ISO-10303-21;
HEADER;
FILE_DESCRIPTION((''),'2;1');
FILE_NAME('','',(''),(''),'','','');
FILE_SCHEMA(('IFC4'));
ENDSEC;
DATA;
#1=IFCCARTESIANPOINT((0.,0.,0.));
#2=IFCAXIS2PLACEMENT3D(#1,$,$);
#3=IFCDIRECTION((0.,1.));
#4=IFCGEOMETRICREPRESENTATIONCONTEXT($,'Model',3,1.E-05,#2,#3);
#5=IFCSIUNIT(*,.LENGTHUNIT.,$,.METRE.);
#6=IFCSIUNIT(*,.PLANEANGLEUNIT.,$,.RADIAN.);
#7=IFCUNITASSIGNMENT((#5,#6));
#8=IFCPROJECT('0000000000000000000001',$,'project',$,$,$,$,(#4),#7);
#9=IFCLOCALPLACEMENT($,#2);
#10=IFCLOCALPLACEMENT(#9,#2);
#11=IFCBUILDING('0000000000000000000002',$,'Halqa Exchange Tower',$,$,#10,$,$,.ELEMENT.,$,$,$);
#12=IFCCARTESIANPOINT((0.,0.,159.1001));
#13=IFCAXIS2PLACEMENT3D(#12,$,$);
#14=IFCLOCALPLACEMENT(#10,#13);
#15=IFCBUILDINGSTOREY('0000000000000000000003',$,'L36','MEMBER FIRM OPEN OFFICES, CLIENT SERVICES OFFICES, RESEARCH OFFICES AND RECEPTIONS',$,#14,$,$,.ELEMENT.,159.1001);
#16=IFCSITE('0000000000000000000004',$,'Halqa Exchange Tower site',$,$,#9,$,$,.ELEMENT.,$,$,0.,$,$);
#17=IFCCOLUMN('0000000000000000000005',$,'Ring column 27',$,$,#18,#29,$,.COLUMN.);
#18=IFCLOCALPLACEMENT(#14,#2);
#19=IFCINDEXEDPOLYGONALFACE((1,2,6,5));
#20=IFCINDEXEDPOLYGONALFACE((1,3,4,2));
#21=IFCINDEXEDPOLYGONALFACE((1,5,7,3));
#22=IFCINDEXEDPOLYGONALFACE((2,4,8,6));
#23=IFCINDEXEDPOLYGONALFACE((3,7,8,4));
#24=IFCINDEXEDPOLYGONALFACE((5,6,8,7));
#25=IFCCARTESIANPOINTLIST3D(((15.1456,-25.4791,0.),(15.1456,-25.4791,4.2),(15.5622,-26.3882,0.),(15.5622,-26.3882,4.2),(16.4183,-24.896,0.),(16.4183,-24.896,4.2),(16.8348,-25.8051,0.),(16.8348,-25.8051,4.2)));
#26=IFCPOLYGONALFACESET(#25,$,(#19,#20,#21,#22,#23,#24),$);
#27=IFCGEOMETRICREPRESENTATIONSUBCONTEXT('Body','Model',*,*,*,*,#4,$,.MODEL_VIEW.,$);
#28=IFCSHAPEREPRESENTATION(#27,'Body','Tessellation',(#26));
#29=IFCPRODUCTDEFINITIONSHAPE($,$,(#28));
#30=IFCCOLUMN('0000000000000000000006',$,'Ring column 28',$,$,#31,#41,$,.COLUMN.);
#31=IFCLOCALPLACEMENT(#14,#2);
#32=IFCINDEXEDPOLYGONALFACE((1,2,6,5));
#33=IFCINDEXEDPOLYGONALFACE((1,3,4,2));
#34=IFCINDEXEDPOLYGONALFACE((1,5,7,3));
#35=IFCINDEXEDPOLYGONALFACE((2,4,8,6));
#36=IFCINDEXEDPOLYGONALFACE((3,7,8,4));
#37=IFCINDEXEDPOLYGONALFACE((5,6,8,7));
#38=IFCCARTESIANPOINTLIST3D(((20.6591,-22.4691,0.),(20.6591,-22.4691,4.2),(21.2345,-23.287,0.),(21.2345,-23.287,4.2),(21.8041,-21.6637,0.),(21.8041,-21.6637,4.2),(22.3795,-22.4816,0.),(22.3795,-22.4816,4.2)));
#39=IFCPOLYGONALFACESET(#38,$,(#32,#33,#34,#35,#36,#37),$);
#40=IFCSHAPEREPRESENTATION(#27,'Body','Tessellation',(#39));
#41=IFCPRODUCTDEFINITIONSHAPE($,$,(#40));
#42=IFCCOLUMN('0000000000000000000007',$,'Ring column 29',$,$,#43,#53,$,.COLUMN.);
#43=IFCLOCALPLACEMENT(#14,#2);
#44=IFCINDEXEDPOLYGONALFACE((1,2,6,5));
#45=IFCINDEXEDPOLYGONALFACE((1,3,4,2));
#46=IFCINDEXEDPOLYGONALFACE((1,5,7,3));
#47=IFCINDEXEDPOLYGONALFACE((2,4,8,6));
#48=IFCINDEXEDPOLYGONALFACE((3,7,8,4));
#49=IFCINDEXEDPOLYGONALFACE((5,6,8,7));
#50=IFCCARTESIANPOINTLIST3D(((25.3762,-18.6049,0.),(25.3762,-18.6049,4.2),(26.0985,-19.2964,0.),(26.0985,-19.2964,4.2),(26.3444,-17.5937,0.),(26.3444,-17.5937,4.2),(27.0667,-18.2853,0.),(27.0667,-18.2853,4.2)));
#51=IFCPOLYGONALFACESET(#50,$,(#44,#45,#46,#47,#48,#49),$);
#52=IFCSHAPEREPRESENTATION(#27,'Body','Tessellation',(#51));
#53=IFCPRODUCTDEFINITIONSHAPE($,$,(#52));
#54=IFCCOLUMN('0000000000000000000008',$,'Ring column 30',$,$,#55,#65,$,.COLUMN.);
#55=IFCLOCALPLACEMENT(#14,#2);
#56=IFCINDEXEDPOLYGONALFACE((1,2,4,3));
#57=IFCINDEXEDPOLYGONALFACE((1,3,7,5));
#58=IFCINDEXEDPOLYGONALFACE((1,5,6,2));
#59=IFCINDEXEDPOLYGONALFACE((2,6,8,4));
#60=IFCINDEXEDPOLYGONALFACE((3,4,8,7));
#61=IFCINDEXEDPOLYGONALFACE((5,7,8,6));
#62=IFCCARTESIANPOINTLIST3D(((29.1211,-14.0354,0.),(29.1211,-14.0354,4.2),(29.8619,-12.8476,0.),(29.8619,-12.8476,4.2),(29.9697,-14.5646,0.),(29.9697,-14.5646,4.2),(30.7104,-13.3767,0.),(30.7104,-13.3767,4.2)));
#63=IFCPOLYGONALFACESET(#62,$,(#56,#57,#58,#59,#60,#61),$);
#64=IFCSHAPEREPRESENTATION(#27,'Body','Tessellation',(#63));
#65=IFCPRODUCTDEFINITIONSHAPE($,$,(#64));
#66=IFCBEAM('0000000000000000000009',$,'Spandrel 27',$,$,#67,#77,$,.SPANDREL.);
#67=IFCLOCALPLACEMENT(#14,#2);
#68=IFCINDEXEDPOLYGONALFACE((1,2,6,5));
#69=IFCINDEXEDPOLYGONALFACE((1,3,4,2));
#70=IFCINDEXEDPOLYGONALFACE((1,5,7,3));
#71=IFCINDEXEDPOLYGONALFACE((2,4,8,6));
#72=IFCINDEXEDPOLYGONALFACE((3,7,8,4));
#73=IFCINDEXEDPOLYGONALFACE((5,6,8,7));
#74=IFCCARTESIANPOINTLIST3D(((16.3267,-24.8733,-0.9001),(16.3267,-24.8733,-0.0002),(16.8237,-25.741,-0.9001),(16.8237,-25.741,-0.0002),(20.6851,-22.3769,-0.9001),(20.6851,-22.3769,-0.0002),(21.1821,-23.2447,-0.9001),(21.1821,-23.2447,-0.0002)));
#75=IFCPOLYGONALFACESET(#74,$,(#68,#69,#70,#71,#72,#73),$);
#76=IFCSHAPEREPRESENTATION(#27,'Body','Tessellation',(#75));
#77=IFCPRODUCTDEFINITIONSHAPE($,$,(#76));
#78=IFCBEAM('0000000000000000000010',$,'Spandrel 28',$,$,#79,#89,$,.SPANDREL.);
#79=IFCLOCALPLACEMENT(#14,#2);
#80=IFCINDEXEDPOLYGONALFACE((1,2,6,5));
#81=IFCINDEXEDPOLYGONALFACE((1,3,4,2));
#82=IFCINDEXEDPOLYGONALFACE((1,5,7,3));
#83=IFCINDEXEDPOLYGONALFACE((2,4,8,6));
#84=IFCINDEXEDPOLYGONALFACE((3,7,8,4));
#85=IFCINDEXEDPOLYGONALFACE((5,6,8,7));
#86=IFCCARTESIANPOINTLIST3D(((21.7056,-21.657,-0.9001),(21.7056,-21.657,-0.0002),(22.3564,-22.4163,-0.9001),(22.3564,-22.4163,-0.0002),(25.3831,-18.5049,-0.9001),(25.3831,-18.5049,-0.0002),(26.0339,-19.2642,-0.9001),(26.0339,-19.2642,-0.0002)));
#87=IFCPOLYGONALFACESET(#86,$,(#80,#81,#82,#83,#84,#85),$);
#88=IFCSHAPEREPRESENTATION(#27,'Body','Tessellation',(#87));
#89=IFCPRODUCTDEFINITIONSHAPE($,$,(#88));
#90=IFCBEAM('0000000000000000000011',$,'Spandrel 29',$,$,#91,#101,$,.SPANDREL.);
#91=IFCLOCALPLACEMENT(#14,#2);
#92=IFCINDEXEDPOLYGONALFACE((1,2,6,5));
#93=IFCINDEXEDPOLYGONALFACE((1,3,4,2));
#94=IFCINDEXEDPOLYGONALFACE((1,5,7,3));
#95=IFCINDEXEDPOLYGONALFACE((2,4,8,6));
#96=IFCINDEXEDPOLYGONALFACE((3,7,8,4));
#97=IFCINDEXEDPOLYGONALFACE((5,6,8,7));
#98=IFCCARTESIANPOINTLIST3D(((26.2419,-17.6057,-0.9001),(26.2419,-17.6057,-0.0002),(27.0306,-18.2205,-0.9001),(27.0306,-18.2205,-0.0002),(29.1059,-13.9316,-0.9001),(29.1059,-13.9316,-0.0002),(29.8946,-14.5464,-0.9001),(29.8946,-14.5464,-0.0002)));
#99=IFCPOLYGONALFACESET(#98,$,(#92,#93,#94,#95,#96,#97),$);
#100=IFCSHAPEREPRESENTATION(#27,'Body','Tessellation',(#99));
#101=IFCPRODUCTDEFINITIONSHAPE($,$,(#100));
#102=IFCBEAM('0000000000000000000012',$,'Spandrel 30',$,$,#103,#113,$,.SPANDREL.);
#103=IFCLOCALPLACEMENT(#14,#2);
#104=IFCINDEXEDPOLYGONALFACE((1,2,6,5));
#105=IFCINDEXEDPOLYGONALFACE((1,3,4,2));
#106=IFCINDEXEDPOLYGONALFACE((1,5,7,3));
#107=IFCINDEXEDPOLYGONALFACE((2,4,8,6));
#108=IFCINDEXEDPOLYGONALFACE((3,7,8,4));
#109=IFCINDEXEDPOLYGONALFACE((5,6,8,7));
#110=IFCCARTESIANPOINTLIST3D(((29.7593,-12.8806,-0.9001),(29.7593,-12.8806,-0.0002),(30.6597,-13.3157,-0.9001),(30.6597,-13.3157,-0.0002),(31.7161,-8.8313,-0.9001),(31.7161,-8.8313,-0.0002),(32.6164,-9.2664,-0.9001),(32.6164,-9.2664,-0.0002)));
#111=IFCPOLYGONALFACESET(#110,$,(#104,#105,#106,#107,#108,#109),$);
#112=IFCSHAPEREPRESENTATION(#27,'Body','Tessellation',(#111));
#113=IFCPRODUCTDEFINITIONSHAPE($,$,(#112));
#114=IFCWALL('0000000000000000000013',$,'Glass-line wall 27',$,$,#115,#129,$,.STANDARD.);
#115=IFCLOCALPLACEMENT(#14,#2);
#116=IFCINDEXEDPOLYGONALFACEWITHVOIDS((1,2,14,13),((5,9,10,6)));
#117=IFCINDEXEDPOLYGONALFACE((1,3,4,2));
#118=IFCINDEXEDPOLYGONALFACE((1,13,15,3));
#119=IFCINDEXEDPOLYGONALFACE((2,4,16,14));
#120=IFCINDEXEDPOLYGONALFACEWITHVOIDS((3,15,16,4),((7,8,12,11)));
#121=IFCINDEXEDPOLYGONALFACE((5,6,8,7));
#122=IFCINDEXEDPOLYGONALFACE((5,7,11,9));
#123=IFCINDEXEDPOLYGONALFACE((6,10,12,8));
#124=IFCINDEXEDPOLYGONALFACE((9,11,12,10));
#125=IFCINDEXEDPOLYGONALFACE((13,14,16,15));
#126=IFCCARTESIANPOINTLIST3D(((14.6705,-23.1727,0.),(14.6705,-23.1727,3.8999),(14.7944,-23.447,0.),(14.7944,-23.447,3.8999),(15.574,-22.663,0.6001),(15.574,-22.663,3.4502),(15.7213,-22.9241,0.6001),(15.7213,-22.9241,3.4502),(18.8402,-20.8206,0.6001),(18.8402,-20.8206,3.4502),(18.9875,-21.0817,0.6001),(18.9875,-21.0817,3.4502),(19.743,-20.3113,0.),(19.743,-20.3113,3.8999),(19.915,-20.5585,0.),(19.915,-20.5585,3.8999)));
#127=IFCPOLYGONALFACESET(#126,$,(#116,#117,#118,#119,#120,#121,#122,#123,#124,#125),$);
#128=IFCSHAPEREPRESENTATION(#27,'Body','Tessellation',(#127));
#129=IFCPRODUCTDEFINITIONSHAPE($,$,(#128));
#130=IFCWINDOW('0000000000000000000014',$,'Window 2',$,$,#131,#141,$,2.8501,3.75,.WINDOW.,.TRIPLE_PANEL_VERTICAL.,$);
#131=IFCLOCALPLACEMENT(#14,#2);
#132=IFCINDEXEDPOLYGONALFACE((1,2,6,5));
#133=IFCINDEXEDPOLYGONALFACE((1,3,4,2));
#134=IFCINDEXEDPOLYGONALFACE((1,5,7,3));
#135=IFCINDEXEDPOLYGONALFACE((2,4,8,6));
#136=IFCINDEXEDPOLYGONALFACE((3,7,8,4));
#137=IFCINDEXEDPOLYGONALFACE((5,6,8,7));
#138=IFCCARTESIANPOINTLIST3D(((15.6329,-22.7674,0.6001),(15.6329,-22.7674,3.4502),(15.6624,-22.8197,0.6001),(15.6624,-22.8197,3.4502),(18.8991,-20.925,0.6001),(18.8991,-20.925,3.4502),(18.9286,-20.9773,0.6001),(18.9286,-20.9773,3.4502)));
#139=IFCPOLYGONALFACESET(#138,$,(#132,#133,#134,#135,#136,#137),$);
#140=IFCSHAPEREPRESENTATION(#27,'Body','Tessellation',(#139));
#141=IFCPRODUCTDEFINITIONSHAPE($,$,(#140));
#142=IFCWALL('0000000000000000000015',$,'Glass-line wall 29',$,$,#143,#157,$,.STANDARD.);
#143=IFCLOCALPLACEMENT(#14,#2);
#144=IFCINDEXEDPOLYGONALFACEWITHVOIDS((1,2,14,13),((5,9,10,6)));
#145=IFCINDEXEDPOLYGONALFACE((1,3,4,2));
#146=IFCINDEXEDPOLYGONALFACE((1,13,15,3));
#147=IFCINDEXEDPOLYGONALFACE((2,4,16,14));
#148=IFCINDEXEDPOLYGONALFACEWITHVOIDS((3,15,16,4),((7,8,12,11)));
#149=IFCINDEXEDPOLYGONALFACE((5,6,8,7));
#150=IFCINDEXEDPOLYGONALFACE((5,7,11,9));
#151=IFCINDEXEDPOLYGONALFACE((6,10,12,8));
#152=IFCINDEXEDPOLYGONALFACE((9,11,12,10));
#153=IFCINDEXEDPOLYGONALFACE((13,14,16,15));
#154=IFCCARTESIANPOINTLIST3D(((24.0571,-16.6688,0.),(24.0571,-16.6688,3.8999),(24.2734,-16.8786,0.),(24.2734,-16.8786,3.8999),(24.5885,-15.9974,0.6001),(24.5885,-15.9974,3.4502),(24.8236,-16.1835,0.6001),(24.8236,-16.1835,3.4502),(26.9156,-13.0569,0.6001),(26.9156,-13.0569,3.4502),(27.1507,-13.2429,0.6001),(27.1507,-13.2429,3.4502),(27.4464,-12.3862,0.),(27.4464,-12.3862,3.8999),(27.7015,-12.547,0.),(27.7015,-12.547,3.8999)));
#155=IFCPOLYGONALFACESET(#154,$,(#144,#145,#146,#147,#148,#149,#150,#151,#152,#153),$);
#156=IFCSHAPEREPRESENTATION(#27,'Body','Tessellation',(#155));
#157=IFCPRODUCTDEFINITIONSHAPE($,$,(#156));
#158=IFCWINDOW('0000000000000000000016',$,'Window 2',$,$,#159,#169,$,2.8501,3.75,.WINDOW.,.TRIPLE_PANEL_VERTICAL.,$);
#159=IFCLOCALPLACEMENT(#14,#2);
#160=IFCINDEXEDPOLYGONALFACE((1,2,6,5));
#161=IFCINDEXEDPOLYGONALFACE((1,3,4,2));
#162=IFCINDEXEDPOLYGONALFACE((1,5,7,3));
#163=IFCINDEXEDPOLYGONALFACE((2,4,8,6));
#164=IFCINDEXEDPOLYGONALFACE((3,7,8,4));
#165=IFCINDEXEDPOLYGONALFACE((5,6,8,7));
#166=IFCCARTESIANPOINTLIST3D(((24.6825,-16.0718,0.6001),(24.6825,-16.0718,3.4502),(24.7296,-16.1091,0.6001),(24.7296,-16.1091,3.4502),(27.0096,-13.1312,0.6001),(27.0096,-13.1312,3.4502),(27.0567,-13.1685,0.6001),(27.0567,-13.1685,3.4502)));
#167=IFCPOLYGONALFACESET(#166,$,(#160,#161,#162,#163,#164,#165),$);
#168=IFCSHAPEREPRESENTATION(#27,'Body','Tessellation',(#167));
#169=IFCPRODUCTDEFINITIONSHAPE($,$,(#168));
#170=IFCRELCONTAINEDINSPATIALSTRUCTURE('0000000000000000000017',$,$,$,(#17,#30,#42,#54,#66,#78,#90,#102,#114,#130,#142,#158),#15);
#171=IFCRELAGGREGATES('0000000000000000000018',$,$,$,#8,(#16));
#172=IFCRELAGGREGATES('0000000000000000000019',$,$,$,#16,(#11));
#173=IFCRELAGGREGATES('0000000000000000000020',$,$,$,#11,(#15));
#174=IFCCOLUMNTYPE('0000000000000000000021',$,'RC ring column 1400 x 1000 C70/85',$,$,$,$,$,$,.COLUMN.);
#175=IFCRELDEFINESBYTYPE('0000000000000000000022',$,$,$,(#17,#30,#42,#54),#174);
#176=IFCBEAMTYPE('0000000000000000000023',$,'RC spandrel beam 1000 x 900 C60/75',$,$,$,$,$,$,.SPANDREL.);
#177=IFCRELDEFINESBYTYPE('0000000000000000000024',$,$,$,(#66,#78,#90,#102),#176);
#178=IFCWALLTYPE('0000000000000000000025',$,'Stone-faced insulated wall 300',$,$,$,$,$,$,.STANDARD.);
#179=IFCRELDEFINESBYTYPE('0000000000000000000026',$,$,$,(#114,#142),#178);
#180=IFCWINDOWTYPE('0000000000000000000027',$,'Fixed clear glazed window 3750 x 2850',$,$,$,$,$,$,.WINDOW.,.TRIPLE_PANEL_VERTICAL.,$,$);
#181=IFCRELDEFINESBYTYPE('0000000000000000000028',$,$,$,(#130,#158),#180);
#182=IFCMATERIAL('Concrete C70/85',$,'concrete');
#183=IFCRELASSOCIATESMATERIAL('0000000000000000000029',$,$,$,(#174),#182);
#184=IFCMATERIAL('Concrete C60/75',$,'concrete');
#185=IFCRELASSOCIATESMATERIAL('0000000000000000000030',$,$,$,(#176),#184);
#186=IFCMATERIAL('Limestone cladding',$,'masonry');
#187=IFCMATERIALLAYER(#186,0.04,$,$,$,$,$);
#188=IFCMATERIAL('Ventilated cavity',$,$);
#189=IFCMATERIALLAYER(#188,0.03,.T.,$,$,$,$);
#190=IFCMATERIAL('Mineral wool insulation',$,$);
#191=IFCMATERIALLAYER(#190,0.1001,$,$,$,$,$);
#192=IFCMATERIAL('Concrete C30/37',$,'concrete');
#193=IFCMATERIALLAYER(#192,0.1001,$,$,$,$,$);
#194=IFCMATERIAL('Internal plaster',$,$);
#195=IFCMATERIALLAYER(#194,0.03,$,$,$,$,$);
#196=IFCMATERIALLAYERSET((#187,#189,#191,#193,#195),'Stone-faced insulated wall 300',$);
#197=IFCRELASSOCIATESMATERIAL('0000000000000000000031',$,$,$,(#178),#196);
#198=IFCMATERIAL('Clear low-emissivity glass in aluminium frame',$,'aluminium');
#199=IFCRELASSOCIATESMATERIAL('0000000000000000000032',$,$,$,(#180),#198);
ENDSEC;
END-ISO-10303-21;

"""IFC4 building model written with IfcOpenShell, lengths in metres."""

from ifc_helpers import new_model, si_unit, direction, frame, frame_2d, origin, origin_2d, place, context, subcontext, project, spatial, polyline, rectangle, outline, extrude, material, layer, layer_set, material_profile, profile_set, type_object, element, fill, save


model = new_model("IFC4")

# Units and contexts
model_context = context("Model", 3, precision=1e-05, world=origin(), true_north=direction((0.0, 1.0)))
body_context = subcontext(model_context, "Body", "Model", "MODEL_VIEW")
ifc_project = project(units=[si_unit("LENGTHUNIT", "METRE"), si_unit("PLANEANGLEUNIT", "RADIAN")], contexts=[model_context])

# Site, building, storey
site_placement = place(None, origin())
site = spatial("IfcSite", under=ifc_project, at=site_placement, Name="Halqa Exchange Tower site", CompositionType="ELEMENT", RefElevation=0.0)
building_placement = place(site_placement, origin())
building = spatial("IfcBuilding", under=site, at=building_placement, Name="Halqa Exchange Tower", CompositionType="ELEMENT")
storey_placement = place(building_placement, frame((0.0, 0.0, 159.1001)))
storey = spatial("IfcBuildingStorey", under=building, at=storey_placement, Name="L36", Description="MEMBER FIRM OPEN OFFICES, CLIENT SERVICES OFFICES, RESEARCH OFFICES AND RECEPTIONS", CompositionType="ELEMENT", Elevation=159.1001)

# Columns
ifc_material_1 = material(Name="Concrete C70/85", Category="concrete")
ifc_material_profile_1 = material_profile(ifc_material_1, rectangle(XDim=1.3999, YDim=1.0, at=origin_2d()), Name="1400 x 1000")
ifc_profile_set_1 = profile_set([ifc_material_profile_1], Name="Concrete C70/85")
column_type = type_object("IfcColumnType", Name="RC ring column 1400 x 1000 C70/85", PredefinedType="COLUMN", material=ifc_profile_set_1)
for number, where, z_axis, x_axis, name in (
    (1, (15.9902, -25.6421, 0.0), (0.0, 0.0, 1.0), (0.909126, 0.41652, 0.0), "Ring column 27"),
    (2, (21.5193, -22.4753, 0.0), (0.0, 0.0, 1.0), (0.817911, 0.575345, 0.0), "Ring column 28"),
    (3, (26.2214, -18.4451, 0.0), (0.0, 0.0, 1.0), (0.691579, 0.722301, 0.0), "Ring column 29"),
    (4, (29.9158, -13.7061, 0.0), (0.0, 0.0, 1.0), (0.529143, 0.848532, 0.0), "Ring column 30"),
):
    element("IfcColumn", number, at=place(storey_placement, frame(where, z_axis=z_axis, x_axis=x_axis)), inside=storey, type_object=column_type, Name=name, PredefinedType="COLUMN", context=body_context, shape_type="SweptSolid", body=[
        extrude(rectangle(XDim=1.3999, YDim=1.0, at=origin_2d()), origin(), (0.0, 0.0, 1.0), 4.2),
    ])

# Beams
ifc_material_2 = material(Name="Concrete C60/75", Category="concrete")
ifc_material_profile_2 = material_profile(ifc_material_2, rectangle(XDim=1.0, YDim=0.8999, at=origin_2d()), Name="1000 x 900")
ifc_profile_set_2 = profile_set([ifc_material_profile_2], Name="Concrete C60/75")
beam_type = type_object("IfcBeamType", Name="RC spandrel beam 1000 x 900 C60/75", PredefinedType="SPANDREL", material=ifc_profile_set_2)
beam_1_placement = place(storey_placement, frame((16.5752, -25.3071, -0.4502), z_axis=(0.867743, 0.497013, 0.0), x_axis=(-0.497013, 0.867743, 0.0)))
element("IfcBeam", 5, at=beam_1_placement, inside=storey, type_object=beam_type, Name="Spandrel 27", PredefinedType="SPANDREL", context=body_context, shape_type="SweptSolid", body=[
    extrude(rectangle(XDim=1.0, YDim=0.8999, at=origin_2d()), origin(), (0.0, 0.0, 1.0), 5.0227),
])
beam_2_placement = place(storey_placement, frame((22.031, -22.0366, -0.4502), z_axis=(0.75926, 0.650787, 0.0), x_axis=(-0.650787, 0.75926, 0.0)))
element("IfcBeam", 6, at=beam_2_placement, inside=storey, type_object=beam_type, Name="Spandrel 28", PredefinedType="SPANDREL", context=body_context, shape_type="SweptSolid", body=[
    extrude(rectangle(XDim=1.0, YDim=0.8999, at=origin_2d()), origin(), (0.0, 0.0, 1.0), 4.8435),
])
beam_3_placement = place(storey_placement, frame((26.6362, -17.9131, -0.4502), z_axis=(0.614797, 0.788686, 0.0), x_axis=(-0.788686, 0.614797, 0.0)))
element("IfcBeam", 7, at=beam_3_placement, inside=storey, type_object=beam_type, Name="Spandrel 29", PredefinedType="SPANDREL", context=body_context, shape_type="SweptSolid", body=[
    extrude(rectangle(XDim=1.0, YDim=0.8999, at=origin_2d()), origin(), (0.0, 0.0, 1.0), 4.6584),
])
beam_4_placement = place(storey_placement, frame((30.2095, -13.0981, -0.4502), z_axis=(0.4351, 0.900382, 0.0), x_axis=(-0.900382, 0.4351, 0.0)))
element("IfcBeam", 8, at=beam_4_placement, inside=storey, type_object=beam_type, Name="Spandrel 30", PredefinedType="SPANDREL", context=body_context, shape_type="SweptSolid", body=[
    extrude(rectangle(XDim=1.0, YDim=0.8999, at=origin_2d()), origin(), (0.0, 0.0, 1.0), 4.4973),
])

# Wall, opening, window
ifc_material_3 = material(Name="Limestone cladding", Category="masonry")
ifc_layer_1 = layer(ifc_material_3, 0.04)
ifc_material_4 = material(Name="Ventilated cavity")
ifc_layer_2 = layer(ifc_material_4, 0.03, ventilated=True)
ifc_material_5 = material(Name="Mineral wool insulation")
ifc_layer_3 = layer(ifc_material_5, 0.1001)
ifc_material_6 = material(Name="Concrete C30/37", Category="concrete")
ifc_layer_4 = layer(ifc_material_6, 0.1001)
ifc_material_7 = material(Name="Internal plaster")
ifc_layer_5 = layer(ifc_material_7, 0.03)
ifc_layer_set_1 = layer_set([ifc_layer_1, ifc_layer_2, ifc_layer_3, ifc_layer_4, ifc_layer_5], Name="Stone-faced insulated wall 300")
wall_type_1 = type_object("IfcWallType", Name="Stone-faced insulated wall 300", PredefinedType="STANDARD", material=ifc_layer_set_1)
wall_1_placement = place(storey_placement, frame((14.7324, -23.3098, 0.0), z_axis=(0.0, 0.0, 1.0), x_axis=(0.870982, 0.491315, 0.0)))
wall_1 = element("IfcWall", 9, at=wall_1_placement, inside=storey, type_object=wall_type_1, Name="Glass-line wall 27", PredefinedType="STANDARD", context=body_context, shape_type="SweptSolid", body=[
    extrude(outline(polyline([(-0.0134, -0.1499), (5.8657, -0.1499), (5.8374, 0.1499), (0.0134, 0.1499), (-0.0134, -0.1499)])), origin(), (0.0, 0.0, 1.0), 3.8999),
])
opening_1_placement = place(wall_1_placement, frame((1.0508, 0.0, 0.6001)))
opening_1 = element("IfcOpeningElement", 10, at=opening_1_placement, cuts=wall_1, PredefinedType="OPENING", context=body_context, shape_type="SweptSolid", body=[
    extrude(rectangle(XDim=3.75, YDim=2.8501, at=frame_2d((1.875, 1.425))), frame((0.0, 0.1621, 0.0), z_axis=(0.0, -1.0, 0.0), x_axis=(1.0, 0.0, 0.0)), (0.0, 0.0, 1.0), 0.324),
])
ifc_material_8 = material(Name="Clear low-emissivity glass in aluminium frame", Category="aluminium")
window_type = type_object("IfcWindowType", Name="Fixed clear glazed window 3750 x 2850", PartitioningType="TRIPLE_PANEL_VERTICAL", PredefinedType="WINDOW", material=ifc_material_8)
window_1_placement = place(opening_1_placement, origin())
window_1 = element("IfcWindow", 11, at=window_1_placement, inside=storey, type_object=window_type, Name="Window 2", OverallHeight=2.8501, OverallWidth=3.75, PartitioningType="TRIPLE_PANEL_VERTICAL", PredefinedType="WINDOW", context=body_context, shape_type="SweptSolid", body=[
    extrude(rectangle(XDim=3.75, YDim=2.8501, at=frame_2d((1.875, 1.425))), frame((0.0, 0.03, 0.0), z_axis=(0.0, -1.0, 0.0), x_axis=(1.0, 0.0, 0.0)), (0.0, 0.0, 1.0), 0.0601),
])
fill(opening_1, window_1)

# Wall, opening, window
wall_2_placement = place(storey_placement, frame((24.1653, -16.7737, 0.0), z_axis=(0.0, 0.0, 1.0), x_axis=(0.620578, 0.784145, 0.0)))
wall_2 = element("IfcWall", 12, at=wall_2_placement, inside=storey, type_object=wall_type_1, Name="Glass-line wall 29", PredefinedType="STANDARD", context=body_context, shape_type="SweptSolid", body=[
    extrude(outline(polyline([(-0.0151, -0.1499), (5.5088, -0.1499), (5.4766, 0.1499), (0.0151, 0.1499), (-0.0151, -0.1499)])), origin(), (0.0, 0.0, 1.0), 3.8999),
])
opening_2_placement = place(wall_2_placement, frame((0.8713, 0.0, 0.6001)))
opening_2 = element("IfcOpeningElement", 13, at=opening_2_placement, cuts=wall_2, PredefinedType="OPENING", context=body_context, shape_type="SweptSolid", body=[
    extrude(rectangle(XDim=3.75, YDim=2.8501, at=frame_2d((1.875, 1.425))), frame((0.0, 0.1621, 0.0), z_axis=(0.0, -1.0, 0.0), x_axis=(1.0, 0.0, 0.0)), (0.0, 0.0, 1.0), 0.324),
])
window_2_placement = place(opening_2_placement, origin())
window_2 = element("IfcWindow", 14, at=window_2_placement, inside=storey, type_object=window_type, Name="Window 2", OverallHeight=2.8501, OverallWidth=3.75, PartitioningType="TRIPLE_PANEL_VERTICAL", PredefinedType="WINDOW", context=body_context, shape_type="SweptSolid", body=[
    extrude(rectangle(XDim=3.75, YDim=2.8501, at=frame_2d((1.875, 1.425))), frame((0.0, 0.03, 0.0), z_axis=(0.0, -1.0, 0.0), x_axis=(1.0, 0.0, 0.0)), (0.0, 0.0, 1.0), 0.0601),
])
fill(opening_2, window_2)

save(model, "model.ifc")
